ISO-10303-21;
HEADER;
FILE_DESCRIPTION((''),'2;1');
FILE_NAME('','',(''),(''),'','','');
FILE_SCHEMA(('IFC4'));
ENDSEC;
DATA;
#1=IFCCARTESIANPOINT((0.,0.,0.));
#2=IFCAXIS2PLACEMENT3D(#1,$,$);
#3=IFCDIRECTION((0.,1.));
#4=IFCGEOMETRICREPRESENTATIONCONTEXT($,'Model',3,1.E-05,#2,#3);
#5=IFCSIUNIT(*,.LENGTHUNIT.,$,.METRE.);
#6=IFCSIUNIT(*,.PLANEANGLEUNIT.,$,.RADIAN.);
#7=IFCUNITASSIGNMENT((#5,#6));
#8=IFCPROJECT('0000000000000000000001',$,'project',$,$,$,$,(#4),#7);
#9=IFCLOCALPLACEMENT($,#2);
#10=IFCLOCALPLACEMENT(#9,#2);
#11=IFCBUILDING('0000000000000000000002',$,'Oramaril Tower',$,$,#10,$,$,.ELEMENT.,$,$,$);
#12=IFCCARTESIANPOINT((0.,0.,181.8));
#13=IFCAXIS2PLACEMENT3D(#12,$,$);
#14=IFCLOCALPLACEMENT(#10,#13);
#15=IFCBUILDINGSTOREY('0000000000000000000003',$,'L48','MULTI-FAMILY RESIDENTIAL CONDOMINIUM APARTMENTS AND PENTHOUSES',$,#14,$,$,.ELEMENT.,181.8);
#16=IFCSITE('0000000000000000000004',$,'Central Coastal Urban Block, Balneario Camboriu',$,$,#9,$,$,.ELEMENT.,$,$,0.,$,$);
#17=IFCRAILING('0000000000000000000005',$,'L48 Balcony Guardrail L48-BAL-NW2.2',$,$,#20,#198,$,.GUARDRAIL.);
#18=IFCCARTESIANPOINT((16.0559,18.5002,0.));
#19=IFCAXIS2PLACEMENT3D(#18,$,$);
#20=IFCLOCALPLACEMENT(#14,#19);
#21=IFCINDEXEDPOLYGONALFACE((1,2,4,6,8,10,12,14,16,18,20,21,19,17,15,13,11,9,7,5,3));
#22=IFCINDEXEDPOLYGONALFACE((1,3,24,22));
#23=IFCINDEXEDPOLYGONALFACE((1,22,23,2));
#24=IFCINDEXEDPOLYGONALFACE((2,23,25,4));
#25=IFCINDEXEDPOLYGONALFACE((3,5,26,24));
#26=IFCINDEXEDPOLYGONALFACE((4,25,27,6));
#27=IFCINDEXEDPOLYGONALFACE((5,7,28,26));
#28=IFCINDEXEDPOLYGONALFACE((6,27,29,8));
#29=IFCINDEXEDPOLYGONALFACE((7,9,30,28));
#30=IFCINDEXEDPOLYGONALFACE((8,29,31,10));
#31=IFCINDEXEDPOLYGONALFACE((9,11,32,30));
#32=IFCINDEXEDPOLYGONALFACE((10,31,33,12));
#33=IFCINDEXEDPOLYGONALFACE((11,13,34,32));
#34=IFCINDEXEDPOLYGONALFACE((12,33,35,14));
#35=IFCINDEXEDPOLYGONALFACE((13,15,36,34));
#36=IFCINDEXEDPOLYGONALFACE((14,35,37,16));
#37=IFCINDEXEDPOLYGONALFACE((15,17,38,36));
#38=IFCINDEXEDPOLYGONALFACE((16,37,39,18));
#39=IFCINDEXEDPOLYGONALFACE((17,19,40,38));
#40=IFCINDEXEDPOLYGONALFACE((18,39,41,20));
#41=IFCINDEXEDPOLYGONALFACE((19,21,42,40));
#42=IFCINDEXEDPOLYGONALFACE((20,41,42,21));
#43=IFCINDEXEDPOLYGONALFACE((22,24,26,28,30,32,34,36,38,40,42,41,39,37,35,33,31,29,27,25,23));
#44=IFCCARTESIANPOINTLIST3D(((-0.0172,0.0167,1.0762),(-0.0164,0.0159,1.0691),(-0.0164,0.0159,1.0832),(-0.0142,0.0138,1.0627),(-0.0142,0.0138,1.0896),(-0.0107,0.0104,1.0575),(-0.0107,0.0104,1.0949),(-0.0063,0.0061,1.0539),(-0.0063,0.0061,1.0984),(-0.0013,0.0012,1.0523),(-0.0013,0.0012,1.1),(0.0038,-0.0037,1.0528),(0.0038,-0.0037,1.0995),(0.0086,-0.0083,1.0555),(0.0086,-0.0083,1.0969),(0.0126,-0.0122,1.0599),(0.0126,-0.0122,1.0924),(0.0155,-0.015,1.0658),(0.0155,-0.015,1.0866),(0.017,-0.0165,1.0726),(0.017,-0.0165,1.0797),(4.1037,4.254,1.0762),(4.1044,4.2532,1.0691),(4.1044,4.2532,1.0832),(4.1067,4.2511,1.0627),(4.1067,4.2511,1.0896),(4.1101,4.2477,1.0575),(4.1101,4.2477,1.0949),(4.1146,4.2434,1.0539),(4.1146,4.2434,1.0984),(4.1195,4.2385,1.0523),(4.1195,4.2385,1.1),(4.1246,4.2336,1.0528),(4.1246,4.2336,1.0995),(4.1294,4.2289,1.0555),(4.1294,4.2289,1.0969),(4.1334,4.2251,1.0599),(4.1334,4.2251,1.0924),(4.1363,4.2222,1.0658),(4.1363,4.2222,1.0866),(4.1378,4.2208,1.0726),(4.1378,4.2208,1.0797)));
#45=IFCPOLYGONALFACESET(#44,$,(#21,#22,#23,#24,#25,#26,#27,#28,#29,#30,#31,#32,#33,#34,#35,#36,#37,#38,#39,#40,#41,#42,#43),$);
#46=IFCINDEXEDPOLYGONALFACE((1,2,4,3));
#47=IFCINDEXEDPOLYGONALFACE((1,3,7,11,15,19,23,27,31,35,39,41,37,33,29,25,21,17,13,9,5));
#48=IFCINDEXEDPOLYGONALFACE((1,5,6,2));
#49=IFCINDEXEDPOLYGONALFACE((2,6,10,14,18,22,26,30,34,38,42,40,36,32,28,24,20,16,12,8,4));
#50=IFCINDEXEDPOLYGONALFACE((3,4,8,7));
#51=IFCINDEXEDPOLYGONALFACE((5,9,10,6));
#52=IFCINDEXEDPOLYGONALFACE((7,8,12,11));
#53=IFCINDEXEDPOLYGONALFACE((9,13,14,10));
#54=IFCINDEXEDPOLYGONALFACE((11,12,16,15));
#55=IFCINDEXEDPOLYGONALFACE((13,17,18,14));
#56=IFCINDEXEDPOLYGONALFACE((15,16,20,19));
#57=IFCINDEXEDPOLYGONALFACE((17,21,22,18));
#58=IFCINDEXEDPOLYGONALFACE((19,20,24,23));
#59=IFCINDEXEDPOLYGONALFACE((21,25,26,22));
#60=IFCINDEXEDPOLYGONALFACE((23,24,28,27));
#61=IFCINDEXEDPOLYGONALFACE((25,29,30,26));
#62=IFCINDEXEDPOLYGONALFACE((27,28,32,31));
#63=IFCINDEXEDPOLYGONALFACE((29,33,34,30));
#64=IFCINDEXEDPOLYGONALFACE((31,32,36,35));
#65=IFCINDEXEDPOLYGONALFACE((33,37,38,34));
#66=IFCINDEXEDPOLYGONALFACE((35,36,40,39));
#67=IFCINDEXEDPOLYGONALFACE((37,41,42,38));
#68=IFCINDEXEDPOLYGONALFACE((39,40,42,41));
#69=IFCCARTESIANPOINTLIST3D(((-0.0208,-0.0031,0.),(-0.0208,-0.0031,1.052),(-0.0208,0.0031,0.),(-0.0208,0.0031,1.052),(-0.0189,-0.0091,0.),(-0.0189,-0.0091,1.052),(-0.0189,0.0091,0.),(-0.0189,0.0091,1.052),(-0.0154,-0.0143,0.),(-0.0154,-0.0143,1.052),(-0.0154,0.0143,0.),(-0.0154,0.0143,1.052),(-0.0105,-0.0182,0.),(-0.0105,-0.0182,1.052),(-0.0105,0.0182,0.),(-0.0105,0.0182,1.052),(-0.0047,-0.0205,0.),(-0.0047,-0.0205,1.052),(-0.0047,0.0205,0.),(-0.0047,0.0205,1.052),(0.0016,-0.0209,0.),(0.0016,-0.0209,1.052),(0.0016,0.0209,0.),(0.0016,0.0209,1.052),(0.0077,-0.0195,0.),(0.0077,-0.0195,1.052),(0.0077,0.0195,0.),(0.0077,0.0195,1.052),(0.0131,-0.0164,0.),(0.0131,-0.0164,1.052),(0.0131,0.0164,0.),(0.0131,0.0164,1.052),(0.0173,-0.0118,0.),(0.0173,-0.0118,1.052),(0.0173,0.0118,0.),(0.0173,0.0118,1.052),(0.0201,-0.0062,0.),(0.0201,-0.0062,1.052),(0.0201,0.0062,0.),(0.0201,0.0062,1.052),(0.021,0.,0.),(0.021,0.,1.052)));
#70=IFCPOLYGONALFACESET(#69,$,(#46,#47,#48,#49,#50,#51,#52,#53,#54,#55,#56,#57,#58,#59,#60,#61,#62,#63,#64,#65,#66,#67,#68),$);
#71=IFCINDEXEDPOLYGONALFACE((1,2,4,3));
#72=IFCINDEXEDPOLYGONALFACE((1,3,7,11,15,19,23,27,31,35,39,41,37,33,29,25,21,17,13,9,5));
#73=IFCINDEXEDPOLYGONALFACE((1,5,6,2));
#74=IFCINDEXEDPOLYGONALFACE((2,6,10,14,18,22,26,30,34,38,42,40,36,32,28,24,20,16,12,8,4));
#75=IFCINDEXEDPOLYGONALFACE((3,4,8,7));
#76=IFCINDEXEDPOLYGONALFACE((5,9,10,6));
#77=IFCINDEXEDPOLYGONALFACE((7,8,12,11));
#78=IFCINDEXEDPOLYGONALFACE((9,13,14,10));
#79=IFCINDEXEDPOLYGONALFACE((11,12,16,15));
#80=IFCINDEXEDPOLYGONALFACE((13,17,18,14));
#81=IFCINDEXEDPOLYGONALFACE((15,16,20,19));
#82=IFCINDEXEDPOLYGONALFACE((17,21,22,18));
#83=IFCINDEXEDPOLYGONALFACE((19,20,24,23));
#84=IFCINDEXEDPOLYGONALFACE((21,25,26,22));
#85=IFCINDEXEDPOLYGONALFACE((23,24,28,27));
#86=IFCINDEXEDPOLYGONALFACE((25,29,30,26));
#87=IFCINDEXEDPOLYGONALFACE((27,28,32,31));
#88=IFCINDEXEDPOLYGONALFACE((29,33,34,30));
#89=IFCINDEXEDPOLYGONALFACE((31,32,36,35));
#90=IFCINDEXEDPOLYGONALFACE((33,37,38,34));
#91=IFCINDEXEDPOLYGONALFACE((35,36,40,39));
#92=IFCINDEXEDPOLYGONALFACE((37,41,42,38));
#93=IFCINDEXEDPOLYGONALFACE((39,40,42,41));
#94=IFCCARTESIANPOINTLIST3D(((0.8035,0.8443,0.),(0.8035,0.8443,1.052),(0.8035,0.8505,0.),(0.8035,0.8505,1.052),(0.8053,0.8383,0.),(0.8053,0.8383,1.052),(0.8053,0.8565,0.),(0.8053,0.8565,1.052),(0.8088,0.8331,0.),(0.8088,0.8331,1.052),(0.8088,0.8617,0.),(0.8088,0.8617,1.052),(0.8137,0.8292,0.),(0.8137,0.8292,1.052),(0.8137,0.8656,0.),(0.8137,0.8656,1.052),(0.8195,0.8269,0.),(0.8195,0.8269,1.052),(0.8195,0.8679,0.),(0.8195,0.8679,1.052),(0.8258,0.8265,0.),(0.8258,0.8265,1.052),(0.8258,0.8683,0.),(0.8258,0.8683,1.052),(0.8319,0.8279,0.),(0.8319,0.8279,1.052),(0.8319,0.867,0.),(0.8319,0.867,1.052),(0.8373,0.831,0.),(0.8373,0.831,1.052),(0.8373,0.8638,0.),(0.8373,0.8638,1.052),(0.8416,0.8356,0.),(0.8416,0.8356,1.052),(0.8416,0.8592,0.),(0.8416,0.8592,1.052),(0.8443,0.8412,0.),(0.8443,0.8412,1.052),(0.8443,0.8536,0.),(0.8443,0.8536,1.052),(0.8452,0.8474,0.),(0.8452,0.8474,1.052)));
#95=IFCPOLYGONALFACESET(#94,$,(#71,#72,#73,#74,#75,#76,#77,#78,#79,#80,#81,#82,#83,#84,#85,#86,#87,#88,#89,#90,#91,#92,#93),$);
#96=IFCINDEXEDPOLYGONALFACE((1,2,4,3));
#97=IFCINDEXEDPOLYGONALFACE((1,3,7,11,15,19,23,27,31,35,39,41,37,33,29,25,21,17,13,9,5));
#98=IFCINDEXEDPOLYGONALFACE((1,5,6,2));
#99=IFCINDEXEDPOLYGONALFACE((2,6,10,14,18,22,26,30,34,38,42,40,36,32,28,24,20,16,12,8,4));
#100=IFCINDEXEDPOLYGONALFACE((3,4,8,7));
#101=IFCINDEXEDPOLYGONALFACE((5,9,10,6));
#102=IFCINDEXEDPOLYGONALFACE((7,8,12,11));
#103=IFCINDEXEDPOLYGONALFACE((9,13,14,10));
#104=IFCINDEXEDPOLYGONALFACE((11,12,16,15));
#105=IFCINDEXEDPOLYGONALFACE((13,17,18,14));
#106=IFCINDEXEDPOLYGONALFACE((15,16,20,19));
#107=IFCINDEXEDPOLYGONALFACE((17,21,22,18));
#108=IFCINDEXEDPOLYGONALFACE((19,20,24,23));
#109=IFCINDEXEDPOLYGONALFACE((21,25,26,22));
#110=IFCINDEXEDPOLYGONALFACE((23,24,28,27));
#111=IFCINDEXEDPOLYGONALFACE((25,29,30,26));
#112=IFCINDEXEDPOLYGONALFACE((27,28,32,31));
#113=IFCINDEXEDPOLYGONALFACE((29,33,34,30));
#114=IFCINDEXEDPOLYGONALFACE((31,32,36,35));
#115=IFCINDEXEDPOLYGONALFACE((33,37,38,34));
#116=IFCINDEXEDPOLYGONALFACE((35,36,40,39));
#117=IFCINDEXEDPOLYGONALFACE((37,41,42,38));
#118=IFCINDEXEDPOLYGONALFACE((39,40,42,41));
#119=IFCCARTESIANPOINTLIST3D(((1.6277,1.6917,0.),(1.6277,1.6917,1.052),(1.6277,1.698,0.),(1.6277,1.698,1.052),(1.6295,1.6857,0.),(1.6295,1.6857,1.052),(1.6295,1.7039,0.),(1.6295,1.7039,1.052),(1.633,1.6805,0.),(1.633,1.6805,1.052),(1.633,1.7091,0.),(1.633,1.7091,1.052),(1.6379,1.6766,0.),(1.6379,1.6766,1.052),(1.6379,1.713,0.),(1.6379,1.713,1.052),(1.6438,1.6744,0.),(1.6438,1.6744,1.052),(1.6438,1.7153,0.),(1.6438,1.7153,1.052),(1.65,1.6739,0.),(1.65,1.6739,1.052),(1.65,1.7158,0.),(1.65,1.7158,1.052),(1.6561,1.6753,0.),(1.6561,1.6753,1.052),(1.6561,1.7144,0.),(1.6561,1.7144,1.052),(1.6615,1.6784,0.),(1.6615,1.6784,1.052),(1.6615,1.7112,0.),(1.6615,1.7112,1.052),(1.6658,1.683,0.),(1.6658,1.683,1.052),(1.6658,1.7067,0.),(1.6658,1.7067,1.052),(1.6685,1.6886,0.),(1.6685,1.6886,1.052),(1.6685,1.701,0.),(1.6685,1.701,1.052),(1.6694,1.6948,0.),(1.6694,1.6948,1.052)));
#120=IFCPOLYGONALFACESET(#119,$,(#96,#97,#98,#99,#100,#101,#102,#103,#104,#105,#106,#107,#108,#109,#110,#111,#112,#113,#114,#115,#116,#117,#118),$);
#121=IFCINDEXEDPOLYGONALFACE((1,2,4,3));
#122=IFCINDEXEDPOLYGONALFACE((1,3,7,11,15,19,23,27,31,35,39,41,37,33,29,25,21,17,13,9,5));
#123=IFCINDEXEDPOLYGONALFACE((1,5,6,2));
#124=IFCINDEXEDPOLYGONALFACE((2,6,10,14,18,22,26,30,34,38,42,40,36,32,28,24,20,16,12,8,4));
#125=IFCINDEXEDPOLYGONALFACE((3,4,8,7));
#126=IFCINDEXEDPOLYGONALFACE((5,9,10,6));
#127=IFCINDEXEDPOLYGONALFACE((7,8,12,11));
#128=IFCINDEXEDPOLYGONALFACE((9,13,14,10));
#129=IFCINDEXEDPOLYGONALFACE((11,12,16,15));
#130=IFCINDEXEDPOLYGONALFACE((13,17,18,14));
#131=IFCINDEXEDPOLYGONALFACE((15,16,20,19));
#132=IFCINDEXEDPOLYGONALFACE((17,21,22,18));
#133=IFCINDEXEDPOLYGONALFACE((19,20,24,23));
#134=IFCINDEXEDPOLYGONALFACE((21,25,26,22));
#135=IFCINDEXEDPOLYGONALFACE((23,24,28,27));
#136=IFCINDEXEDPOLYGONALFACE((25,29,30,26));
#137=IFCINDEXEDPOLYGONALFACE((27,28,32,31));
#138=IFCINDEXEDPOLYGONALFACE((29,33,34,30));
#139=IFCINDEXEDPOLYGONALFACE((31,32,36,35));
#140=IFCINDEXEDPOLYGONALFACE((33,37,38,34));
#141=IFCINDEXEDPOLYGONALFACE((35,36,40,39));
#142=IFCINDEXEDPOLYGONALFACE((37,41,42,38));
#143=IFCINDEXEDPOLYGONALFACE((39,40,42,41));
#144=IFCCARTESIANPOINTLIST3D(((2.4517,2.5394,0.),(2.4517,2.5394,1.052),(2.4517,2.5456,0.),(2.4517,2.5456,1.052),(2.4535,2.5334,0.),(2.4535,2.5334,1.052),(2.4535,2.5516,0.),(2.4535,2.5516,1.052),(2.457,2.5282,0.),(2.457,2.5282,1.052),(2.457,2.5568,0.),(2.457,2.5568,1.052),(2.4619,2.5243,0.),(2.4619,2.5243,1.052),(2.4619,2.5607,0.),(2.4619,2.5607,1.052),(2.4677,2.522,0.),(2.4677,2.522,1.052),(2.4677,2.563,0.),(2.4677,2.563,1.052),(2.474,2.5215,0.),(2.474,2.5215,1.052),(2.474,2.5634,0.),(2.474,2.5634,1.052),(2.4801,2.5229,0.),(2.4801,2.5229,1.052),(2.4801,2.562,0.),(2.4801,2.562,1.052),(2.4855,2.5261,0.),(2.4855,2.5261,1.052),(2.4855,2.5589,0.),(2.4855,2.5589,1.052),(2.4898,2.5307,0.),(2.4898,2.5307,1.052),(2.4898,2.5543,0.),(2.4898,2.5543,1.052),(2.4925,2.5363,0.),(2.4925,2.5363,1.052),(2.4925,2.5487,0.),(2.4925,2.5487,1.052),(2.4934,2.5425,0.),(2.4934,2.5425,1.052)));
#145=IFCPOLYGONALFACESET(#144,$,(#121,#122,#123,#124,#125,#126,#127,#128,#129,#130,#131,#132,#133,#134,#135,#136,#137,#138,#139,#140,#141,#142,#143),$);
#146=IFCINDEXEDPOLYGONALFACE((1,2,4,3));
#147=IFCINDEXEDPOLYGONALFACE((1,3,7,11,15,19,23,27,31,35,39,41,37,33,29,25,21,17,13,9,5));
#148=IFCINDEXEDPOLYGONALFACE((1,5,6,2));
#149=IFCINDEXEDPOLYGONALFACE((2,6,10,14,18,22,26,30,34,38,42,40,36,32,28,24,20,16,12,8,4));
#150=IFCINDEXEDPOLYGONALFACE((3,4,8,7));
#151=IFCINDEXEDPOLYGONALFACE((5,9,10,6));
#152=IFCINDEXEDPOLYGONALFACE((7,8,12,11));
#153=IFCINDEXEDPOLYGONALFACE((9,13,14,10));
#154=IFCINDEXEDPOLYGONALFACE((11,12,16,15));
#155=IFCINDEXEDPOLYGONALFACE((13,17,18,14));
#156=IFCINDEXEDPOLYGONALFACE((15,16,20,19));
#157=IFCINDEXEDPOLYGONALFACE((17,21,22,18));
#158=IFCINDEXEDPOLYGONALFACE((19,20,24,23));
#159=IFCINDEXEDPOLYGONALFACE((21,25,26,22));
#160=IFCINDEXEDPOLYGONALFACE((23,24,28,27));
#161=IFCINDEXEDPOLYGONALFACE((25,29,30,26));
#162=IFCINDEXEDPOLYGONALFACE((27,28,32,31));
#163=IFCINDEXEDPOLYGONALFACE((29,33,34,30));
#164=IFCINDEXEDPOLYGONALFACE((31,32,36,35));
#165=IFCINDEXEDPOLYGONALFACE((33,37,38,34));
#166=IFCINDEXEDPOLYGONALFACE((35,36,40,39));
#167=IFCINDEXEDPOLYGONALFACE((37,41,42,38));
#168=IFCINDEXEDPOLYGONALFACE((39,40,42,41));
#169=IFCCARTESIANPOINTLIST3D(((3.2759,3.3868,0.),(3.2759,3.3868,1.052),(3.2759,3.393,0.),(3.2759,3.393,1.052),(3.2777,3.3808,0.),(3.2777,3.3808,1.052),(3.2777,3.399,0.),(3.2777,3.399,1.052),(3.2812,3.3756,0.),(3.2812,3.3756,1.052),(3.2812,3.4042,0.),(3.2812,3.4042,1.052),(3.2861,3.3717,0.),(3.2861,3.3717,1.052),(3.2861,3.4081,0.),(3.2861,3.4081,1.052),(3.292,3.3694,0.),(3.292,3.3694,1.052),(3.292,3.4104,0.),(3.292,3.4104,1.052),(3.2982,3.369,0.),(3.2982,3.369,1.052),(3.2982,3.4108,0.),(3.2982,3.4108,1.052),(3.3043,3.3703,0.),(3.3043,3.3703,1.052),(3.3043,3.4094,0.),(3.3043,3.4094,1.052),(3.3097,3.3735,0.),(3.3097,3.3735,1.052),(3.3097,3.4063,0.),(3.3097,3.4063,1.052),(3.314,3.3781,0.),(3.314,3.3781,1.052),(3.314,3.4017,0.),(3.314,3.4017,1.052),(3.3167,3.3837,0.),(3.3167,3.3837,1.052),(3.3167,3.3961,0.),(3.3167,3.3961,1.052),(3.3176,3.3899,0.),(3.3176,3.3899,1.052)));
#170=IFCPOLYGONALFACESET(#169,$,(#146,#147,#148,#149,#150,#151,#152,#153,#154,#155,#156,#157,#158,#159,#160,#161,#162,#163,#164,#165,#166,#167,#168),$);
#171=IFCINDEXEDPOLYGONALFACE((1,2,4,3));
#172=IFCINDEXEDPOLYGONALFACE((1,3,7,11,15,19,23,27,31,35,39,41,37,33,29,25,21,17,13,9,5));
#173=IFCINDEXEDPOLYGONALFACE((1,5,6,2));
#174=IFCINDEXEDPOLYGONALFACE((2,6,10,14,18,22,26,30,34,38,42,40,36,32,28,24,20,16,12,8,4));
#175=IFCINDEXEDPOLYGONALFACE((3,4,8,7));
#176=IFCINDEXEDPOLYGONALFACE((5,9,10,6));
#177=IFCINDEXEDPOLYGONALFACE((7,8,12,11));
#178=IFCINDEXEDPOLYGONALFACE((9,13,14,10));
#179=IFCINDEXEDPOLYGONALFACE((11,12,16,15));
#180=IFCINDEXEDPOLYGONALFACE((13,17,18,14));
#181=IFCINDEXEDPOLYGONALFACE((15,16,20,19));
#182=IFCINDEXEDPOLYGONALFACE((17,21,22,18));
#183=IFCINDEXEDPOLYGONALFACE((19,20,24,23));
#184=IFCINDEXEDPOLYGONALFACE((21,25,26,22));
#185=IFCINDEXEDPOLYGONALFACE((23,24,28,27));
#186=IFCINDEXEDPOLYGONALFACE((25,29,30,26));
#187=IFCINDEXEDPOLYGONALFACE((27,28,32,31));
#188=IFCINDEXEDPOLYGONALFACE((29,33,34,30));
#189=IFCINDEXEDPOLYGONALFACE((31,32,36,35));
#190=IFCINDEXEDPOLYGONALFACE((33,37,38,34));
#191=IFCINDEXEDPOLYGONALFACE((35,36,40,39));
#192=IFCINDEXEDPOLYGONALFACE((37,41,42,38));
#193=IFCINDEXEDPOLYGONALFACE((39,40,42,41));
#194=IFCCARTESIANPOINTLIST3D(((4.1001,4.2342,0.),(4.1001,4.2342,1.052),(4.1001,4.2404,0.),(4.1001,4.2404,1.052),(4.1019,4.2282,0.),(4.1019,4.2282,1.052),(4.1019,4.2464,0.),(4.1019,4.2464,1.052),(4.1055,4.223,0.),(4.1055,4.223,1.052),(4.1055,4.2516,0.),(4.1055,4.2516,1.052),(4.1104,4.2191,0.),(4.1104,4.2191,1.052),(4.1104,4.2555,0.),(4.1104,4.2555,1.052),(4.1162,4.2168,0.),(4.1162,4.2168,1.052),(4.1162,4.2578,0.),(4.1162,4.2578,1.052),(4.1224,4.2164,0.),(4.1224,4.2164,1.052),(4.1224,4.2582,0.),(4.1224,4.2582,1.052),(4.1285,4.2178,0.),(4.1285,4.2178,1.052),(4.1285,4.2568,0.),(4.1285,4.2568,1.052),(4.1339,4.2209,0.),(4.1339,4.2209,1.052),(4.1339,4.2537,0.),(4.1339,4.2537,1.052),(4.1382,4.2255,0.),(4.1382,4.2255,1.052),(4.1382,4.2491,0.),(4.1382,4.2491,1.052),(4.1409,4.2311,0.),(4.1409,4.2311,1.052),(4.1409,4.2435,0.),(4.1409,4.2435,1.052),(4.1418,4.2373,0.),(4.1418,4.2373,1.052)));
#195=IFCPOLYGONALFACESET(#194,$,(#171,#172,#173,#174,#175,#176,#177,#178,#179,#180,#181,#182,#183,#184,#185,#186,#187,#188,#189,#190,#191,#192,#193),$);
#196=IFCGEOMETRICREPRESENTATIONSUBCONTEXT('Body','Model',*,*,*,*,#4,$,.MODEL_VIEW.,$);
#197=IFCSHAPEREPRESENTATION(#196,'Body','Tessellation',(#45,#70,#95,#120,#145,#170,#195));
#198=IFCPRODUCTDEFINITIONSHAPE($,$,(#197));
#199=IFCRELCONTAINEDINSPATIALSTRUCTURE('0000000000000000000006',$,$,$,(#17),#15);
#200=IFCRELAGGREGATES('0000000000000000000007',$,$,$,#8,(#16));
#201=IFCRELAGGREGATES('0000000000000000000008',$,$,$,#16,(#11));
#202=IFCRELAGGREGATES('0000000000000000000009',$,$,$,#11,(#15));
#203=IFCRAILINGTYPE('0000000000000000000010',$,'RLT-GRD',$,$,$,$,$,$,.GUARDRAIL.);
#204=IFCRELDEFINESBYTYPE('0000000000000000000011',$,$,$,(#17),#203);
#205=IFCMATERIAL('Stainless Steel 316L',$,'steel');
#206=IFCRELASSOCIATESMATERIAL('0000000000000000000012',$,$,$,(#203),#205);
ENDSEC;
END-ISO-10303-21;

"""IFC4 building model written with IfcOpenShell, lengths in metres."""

from ifc_helpers import new_model, si_unit, direction, frame, origin, origin_2d, place, context, subcontext, project, spatial, circle, extrude, material, type_object, element, save


model = new_model("IFC4")

# Units and contexts
model_context = context("Model", 3, precision=1e-05, world=origin(), true_north=direction((0.0, 1.0)))
body_context = subcontext(model_context, "Body", "Model", "MODEL_VIEW")
ifc_project = project(units=[si_unit("LENGTHUNIT", "METRE"), si_unit("PLANEANGLEUNIT", "RADIAN")], contexts=[model_context])

# Site, building, storey
site_placement = place(None, origin())
site = spatial("IfcSite", under=ifc_project, at=site_placement, Name="Central Coastal Urban Block, Balneario Camboriu", CompositionType="ELEMENT", RefElevation=0.0)
building_placement = place(site_placement, origin())
building = spatial("IfcBuilding", under=site, at=building_placement, Name="Oramaril Tower", CompositionType="ELEMENT")
storey_placement = place(building_placement, frame((0.0, 0.0, 181.8)))
storey = spatial("IfcBuildingStorey", under=building, at=storey_placement, Name="L48", Description="MULTI-FAMILY RESIDENTIAL CONDOMINIUM APARTMENTS AND PENTHOUSES", CompositionType="ELEMENT", Elevation=181.8)

# Railing
ifc_material_1 = material(Name="Stainless Steel 316L", Category="steel")
railing_type = type_object("IfcRailingType", Name="RLT-GRD", PredefinedType="GUARDRAIL", material=ifc_material_1)
railing_1_placement = place(storey_placement, frame((16.0559, 18.5002, 0.0)))
element("IfcRailing", 1, at=railing_1_placement, inside=storey, type_object=railing_type, Name="L48 Balcony Guardrail L48-BAL-NW2.2", PredefinedType="GUARDRAIL", context=body_context, shape_type="SweptSolid", body=[
    extrude(circle(Radius=0.0239, at=origin_2d()), frame((0.0, 0.0, 1.0762), z_axis=(0.697187, 0.716889, 0.0), x_axis=(-0.716889, 0.697187, 0.0)), (0.0, 0.0, 1.0), 5.9106),
    extrude(circle(Radius=0.021, at=origin_2d()), origin(), (0.0, 0.0, 1.0), 1.052),
    extrude(circle(Radius=0.021, at=origin_2d()), frame((0.8242, 0.8474, 0.0)), (0.0, 0.0, 1.0), 1.052),
    extrude(circle(Radius=0.021, at=origin_2d()), frame((1.6484, 1.6948, 0.0)), (0.0, 0.0, 1.0), 1.052),
    extrude(circle(Radius=0.021, at=origin_2d()), frame((2.4724, 2.5425, 0.0)), (0.0, 0.0, 1.0), 1.052),
    extrude(circle(Radius=0.021, at=origin_2d()), frame((3.2966, 3.3899, 0.0)), (0.0, 0.0, 1.0), 1.052),
    extrude(circle(Radius=0.021, at=origin_2d()), frame((4.1208, 4.2373, 0.0)), (0.0, 0.0, 1.0), 1.052),
])

save(model, "model.ifc")
